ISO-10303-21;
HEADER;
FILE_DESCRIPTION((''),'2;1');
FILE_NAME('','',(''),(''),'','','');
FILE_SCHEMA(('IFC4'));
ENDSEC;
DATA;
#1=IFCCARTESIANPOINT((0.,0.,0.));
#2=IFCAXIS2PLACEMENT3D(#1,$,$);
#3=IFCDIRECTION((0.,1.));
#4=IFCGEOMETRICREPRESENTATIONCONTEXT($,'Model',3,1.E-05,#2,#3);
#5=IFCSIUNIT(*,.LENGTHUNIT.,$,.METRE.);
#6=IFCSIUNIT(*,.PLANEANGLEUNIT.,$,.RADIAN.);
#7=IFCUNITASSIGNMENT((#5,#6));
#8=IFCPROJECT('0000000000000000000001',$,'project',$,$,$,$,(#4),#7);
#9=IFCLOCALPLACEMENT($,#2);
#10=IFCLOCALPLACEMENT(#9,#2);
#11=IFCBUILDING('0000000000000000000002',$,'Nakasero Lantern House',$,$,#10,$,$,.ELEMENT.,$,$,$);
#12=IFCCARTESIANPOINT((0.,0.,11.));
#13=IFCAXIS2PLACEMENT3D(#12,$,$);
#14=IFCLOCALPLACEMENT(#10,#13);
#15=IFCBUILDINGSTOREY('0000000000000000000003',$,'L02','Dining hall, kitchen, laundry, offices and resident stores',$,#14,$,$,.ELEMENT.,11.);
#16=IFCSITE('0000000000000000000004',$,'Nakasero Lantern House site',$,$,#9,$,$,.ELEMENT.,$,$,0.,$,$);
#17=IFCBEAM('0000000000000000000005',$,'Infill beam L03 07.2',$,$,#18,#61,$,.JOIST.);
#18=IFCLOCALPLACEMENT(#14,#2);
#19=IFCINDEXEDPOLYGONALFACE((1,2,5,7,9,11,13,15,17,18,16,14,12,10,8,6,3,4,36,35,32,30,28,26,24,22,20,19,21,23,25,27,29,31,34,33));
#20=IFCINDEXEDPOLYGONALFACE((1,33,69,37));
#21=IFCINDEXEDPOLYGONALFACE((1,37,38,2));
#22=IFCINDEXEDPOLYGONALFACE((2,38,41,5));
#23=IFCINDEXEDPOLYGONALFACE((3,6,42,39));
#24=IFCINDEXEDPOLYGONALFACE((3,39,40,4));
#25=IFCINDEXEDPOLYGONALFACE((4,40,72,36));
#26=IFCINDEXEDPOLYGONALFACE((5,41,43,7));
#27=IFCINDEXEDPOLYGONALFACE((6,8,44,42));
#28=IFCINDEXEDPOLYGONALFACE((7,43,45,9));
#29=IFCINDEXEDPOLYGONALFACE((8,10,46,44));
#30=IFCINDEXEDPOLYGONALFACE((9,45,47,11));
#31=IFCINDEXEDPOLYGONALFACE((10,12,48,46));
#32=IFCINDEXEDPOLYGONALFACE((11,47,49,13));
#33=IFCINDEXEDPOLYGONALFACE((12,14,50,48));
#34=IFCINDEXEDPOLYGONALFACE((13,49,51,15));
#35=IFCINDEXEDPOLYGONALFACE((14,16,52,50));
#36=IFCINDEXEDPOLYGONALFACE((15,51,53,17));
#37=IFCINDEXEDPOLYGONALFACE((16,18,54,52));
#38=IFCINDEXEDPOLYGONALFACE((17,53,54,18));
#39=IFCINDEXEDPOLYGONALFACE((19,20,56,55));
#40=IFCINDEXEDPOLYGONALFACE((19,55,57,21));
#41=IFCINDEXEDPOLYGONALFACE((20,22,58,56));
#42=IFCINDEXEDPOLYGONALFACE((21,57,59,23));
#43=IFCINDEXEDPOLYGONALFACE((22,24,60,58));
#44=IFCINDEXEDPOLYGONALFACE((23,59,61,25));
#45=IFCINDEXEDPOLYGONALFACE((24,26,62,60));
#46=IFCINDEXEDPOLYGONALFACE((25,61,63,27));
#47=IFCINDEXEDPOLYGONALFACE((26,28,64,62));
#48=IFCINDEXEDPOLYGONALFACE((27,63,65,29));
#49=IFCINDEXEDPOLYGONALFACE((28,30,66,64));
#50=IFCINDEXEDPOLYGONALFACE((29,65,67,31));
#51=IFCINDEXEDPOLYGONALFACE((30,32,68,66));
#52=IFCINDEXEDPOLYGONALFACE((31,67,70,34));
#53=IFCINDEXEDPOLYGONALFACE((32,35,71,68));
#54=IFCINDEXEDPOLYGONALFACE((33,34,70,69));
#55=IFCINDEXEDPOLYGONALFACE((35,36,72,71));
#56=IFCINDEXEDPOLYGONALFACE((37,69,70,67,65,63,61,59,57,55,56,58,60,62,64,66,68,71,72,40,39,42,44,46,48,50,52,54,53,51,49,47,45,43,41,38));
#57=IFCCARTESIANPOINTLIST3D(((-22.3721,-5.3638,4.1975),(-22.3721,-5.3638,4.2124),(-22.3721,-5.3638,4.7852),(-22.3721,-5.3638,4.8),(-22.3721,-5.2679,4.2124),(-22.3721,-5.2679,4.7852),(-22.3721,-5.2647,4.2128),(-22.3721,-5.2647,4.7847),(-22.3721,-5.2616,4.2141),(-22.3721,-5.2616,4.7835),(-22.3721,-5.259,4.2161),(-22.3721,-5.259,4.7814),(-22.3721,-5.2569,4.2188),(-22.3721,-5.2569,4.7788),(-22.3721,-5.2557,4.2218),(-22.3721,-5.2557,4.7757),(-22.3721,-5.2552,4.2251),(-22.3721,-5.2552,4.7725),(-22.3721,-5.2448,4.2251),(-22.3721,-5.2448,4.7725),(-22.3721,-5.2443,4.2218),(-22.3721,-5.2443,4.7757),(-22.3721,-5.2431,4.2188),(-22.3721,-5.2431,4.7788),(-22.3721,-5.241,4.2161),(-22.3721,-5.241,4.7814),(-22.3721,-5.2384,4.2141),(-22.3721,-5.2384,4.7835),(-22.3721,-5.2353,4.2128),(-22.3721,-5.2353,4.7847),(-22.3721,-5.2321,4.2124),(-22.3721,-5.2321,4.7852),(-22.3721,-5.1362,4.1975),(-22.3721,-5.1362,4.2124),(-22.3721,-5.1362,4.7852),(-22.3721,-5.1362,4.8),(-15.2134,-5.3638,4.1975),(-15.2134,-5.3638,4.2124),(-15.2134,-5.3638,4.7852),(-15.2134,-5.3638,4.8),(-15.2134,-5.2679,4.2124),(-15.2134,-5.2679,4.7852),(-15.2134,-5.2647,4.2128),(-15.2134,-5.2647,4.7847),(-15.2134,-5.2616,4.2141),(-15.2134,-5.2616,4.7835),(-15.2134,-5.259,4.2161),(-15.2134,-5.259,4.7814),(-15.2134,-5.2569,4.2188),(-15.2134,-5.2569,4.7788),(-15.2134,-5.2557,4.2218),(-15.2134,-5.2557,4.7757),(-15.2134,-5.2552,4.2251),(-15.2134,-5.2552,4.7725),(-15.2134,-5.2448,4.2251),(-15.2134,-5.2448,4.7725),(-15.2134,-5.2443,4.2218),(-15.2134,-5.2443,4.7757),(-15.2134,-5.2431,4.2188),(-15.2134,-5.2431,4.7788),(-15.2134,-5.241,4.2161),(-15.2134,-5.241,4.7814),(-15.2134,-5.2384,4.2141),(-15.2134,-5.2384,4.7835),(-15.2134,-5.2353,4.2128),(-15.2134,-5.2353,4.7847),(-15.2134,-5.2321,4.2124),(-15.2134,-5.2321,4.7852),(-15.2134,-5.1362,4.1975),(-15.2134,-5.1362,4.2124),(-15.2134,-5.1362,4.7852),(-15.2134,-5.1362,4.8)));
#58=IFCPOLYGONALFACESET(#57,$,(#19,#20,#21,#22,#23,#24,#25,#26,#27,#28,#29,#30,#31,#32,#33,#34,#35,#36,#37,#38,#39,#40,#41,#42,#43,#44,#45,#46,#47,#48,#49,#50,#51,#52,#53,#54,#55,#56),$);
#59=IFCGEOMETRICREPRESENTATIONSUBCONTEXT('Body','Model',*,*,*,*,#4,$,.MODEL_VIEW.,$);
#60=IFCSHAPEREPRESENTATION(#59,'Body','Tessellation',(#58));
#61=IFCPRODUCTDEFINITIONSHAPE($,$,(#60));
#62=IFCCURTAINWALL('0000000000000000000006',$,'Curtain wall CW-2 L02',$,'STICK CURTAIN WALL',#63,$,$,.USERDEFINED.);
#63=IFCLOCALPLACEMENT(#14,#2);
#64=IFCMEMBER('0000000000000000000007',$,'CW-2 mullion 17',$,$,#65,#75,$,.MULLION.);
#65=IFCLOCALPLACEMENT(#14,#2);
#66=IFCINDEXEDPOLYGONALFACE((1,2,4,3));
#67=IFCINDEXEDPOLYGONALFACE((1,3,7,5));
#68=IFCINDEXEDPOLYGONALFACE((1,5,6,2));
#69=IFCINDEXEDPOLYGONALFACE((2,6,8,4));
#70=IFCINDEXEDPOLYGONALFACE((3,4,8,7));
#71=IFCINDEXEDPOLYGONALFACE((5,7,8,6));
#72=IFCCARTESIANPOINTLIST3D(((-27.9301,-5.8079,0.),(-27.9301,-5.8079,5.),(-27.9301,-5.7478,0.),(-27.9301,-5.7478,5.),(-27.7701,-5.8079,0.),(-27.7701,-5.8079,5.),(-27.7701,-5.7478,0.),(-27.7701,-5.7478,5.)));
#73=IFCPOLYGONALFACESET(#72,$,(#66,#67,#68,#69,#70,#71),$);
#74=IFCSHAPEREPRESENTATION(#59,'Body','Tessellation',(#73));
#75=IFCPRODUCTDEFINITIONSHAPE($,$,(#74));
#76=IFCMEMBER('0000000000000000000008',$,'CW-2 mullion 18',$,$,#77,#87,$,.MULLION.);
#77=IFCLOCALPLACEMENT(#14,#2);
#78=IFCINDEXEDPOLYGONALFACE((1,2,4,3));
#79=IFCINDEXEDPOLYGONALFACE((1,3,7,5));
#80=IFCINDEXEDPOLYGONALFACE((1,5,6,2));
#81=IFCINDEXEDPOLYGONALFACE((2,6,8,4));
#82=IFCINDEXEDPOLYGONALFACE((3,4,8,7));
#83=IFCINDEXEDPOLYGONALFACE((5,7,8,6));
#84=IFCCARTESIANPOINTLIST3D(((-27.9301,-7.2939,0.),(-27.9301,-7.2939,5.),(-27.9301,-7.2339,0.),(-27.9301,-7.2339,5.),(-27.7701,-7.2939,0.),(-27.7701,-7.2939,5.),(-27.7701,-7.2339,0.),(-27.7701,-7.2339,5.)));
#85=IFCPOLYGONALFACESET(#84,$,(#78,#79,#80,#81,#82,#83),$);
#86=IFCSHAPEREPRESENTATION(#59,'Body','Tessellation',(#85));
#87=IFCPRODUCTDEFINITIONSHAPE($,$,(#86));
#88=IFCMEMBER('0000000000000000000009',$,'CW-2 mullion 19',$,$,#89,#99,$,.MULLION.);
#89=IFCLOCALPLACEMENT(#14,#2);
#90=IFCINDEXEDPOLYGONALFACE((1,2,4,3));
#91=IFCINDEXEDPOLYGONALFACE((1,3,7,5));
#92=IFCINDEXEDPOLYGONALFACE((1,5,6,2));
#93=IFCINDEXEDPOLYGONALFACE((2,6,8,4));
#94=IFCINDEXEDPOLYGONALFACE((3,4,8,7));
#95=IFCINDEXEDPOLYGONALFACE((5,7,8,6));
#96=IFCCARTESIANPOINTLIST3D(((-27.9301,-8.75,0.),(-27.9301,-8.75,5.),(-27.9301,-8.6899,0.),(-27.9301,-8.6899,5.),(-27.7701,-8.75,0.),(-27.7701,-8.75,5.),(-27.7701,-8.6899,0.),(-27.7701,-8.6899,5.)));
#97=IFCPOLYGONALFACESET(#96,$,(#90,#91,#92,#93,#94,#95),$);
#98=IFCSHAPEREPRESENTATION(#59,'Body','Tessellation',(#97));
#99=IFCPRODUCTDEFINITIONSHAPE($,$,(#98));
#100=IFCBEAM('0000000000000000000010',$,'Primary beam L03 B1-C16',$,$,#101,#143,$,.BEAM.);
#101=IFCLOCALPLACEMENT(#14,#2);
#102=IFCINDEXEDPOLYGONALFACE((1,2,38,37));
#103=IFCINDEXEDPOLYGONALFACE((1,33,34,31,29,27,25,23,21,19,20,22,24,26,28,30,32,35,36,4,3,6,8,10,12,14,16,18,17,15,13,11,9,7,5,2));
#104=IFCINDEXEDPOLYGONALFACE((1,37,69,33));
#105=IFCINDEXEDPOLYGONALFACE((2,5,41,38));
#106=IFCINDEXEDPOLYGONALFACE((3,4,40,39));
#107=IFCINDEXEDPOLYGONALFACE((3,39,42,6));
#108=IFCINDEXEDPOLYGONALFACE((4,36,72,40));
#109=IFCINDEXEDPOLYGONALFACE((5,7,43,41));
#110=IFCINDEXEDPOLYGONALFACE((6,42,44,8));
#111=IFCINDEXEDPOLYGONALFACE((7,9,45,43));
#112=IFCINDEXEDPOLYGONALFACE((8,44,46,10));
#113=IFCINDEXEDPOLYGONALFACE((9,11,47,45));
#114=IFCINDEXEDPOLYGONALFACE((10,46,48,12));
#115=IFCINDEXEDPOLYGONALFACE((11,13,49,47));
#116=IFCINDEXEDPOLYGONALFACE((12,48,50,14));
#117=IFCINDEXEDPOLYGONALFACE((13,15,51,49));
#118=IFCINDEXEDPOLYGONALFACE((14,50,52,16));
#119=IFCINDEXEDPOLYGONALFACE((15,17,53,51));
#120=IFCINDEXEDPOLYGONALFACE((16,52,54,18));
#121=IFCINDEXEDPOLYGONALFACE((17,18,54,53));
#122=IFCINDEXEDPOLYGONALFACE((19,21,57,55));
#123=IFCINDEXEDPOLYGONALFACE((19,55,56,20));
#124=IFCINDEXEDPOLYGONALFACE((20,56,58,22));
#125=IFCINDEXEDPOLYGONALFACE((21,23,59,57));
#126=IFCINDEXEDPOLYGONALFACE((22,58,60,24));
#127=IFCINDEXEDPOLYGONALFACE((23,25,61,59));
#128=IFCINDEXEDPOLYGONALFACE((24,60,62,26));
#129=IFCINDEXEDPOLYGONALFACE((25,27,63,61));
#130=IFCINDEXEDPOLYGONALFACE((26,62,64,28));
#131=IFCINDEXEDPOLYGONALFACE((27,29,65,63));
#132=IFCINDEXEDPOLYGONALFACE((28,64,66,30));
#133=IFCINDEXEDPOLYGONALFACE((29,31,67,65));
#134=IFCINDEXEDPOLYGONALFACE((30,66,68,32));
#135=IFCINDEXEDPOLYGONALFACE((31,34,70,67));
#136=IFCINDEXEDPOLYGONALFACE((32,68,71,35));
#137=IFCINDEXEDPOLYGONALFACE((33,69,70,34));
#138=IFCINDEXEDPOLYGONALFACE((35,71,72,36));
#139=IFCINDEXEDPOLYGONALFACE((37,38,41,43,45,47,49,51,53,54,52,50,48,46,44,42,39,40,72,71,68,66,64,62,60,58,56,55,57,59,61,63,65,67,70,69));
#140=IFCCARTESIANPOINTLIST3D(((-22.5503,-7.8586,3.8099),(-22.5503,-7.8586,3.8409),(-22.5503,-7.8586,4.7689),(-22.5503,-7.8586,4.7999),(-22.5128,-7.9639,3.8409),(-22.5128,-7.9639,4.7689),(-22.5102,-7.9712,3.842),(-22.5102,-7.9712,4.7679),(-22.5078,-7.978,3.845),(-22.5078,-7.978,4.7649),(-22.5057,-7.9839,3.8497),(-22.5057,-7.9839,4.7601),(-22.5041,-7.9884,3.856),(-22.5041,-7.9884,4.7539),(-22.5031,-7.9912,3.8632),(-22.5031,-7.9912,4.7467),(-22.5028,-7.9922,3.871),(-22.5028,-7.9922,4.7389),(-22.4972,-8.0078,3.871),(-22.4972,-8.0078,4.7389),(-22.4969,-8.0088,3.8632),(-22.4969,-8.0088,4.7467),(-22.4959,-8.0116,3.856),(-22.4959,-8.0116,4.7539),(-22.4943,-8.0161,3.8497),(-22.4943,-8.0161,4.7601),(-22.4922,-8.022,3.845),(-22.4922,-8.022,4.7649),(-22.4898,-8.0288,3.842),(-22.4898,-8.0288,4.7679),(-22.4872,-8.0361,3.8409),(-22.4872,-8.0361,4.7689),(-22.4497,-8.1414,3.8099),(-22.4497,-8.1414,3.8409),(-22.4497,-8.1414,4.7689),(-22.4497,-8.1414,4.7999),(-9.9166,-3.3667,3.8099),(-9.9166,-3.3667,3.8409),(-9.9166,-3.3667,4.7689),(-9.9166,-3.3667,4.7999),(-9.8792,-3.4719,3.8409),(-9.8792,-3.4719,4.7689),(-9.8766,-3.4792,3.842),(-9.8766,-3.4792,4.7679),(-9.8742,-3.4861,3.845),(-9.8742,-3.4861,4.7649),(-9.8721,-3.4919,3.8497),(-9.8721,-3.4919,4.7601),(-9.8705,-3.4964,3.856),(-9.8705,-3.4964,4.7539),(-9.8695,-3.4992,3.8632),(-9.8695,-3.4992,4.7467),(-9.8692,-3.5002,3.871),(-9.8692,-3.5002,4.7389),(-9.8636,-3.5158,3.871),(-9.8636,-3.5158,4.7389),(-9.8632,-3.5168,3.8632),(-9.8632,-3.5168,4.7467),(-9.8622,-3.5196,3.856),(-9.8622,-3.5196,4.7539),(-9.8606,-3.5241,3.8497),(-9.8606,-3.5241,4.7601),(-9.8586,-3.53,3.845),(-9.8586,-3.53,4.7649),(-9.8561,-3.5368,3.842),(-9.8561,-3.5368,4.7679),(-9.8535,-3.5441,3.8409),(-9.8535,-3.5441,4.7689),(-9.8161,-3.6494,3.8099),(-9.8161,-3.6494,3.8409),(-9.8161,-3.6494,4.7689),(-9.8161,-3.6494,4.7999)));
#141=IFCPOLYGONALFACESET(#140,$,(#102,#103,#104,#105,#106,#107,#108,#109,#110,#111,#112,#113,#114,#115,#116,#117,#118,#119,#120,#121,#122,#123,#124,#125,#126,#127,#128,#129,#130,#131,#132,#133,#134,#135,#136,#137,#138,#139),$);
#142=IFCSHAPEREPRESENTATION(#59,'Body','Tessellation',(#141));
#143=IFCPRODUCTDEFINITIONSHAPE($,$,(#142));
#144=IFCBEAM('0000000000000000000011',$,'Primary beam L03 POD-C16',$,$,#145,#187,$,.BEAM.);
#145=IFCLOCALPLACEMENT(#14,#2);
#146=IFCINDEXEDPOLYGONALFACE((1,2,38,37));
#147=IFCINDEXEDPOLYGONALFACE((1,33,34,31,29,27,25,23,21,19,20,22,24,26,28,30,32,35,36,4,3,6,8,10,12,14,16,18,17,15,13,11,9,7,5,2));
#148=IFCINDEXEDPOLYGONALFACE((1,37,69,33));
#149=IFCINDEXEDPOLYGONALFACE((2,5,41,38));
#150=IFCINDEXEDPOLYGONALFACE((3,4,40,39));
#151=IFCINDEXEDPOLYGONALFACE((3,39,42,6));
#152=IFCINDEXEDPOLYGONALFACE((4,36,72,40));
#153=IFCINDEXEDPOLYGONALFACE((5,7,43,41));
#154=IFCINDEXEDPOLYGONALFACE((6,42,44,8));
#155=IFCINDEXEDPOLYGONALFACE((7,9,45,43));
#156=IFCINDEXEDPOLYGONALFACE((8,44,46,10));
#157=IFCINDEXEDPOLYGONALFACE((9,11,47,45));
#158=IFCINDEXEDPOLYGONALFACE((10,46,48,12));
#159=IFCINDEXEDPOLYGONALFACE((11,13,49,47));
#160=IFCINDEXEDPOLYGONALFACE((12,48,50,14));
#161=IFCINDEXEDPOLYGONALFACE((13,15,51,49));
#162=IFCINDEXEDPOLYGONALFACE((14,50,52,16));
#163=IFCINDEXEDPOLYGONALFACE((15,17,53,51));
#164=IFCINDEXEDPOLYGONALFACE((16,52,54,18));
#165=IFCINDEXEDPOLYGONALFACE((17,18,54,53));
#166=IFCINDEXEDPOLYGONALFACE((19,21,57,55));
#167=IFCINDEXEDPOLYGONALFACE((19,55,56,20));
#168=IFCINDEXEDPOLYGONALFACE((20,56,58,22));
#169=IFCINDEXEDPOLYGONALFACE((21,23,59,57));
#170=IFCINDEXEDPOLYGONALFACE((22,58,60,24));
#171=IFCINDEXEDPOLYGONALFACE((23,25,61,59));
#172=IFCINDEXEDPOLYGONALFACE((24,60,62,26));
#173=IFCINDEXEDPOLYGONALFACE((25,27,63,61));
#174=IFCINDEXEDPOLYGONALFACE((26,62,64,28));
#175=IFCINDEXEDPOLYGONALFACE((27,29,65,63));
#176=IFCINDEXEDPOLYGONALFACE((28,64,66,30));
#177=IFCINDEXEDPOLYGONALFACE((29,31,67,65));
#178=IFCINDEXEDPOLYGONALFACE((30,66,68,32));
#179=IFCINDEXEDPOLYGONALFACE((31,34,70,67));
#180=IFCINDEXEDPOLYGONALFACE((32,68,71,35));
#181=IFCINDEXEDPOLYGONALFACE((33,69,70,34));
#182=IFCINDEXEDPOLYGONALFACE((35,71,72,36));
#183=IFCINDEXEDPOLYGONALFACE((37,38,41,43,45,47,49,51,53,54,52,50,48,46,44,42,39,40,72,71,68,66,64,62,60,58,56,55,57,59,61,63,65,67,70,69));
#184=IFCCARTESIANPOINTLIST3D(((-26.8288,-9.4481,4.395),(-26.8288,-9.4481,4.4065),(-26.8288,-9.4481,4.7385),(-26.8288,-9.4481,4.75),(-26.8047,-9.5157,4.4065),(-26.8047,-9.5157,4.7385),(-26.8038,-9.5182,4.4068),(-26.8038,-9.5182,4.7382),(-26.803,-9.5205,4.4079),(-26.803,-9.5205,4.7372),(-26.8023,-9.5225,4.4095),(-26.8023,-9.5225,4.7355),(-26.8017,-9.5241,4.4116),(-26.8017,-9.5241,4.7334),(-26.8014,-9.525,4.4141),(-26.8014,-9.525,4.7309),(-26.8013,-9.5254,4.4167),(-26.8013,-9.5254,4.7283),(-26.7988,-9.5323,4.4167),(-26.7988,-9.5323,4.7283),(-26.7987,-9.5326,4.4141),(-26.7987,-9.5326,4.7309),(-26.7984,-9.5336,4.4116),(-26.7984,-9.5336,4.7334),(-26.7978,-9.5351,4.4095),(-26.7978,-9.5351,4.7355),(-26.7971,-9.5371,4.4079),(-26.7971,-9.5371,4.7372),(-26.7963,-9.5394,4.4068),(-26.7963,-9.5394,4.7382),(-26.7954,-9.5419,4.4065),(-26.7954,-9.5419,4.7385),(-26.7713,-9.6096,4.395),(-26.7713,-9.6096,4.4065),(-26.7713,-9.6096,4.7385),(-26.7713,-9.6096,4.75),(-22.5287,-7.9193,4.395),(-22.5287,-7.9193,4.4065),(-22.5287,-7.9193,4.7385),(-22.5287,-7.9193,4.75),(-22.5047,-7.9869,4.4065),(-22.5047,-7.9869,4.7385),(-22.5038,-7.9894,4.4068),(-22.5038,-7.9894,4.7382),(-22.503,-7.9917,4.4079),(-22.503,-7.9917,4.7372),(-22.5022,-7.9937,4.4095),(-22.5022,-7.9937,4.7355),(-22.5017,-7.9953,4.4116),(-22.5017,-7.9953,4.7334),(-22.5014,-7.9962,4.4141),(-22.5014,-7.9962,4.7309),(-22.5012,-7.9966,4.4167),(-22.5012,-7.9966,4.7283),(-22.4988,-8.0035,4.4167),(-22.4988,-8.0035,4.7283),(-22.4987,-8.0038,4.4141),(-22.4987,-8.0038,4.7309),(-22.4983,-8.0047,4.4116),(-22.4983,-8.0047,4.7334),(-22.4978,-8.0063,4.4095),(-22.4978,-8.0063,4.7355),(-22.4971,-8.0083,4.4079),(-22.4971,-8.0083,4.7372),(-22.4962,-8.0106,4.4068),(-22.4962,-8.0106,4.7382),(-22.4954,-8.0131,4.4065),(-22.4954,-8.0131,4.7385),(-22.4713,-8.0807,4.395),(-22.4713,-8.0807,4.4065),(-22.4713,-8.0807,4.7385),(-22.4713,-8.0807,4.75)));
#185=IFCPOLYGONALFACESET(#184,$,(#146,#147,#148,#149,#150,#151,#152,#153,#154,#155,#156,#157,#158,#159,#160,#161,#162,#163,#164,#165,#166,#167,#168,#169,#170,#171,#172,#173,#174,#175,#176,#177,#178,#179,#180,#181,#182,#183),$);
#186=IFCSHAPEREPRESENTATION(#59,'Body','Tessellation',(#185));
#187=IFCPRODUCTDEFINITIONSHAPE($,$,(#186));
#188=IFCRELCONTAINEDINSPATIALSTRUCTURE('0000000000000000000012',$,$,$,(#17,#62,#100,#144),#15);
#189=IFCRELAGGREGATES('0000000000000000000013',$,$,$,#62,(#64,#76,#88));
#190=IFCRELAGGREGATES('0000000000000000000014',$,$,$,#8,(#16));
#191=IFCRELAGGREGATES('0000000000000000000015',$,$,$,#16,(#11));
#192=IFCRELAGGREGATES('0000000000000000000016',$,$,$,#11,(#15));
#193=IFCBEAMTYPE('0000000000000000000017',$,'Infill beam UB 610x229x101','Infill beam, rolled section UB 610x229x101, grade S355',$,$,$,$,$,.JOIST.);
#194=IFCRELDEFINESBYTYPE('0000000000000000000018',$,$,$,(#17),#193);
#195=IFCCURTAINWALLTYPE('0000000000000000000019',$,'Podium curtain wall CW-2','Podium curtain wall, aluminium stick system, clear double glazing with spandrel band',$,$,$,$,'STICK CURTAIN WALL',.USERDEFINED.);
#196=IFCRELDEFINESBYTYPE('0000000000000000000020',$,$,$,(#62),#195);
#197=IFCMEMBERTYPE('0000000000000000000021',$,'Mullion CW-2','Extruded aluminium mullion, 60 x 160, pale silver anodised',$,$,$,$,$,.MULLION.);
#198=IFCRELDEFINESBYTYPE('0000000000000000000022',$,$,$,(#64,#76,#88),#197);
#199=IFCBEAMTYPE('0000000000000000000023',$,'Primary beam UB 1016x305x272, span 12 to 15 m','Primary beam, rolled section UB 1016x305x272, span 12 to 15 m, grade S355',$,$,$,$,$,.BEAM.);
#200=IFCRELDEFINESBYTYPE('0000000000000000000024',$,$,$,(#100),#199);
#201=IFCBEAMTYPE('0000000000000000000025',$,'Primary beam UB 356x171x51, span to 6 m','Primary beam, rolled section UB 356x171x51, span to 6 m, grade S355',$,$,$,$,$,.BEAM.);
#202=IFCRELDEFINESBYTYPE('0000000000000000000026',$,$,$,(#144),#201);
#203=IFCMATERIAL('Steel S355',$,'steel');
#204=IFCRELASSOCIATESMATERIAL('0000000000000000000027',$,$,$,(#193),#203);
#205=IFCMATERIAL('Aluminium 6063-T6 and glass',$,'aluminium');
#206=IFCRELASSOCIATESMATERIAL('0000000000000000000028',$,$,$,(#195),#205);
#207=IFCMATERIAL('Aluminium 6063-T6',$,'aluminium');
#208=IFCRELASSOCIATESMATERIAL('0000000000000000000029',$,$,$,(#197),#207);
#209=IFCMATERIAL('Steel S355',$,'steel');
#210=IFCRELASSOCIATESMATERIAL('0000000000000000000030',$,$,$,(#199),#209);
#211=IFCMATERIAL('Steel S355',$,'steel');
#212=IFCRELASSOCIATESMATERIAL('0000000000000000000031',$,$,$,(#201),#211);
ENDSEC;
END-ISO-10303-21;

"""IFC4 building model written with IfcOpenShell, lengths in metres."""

from ifc_helpers import new_model, si_unit, direction, frame, origin, origin_2d, place, context, subcontext, project, spatial, rectangle, i_section, extrude, material, material_profile, profile_set, type_object, element, aggregate, save


model = new_model("IFC4")

# Units and contexts
model_context = context("Model", 3, precision=1e-05, world=origin(), true_north=direction((0.0, 1.0)))
body_context = subcontext(model_context, "Body", "Model", "MODEL_VIEW")
ifc_project = project(units=[si_unit("LENGTHUNIT", "METRE"), si_unit("PLANEANGLEUNIT", "RADIAN")], contexts=[model_context])

# Site, building, storey
site_placement = place(None, origin())
site = spatial("IfcSite", under=ifc_project, at=site_placement, Name="Nakasero Lantern House site", CompositionType="ELEMENT", RefElevation=0.0)
building_placement = place(site_placement, origin())
building = spatial("IfcBuilding", under=site, at=building_placement, Name="Nakasero Lantern House", CompositionType="ELEMENT")
storey_placement = place(building_placement, frame((0.0, 0.0, 11.0)))
storey = spatial("IfcBuildingStorey", under=building, at=storey_placement, Name="L02", Description="Dining hall, kitchen, laundry, offices and resident stores", CompositionType="ELEMENT", Elevation=11.0)

# Beam
ifc_material_1 = material(Name="Steel S355", Category="steel")
ifc_material_profile_1 = material_profile(ifc_material_1, i_section(OverallWidth=0.2275, OverallDepth=0.6025, WebThickness=0.0105, FlangeThickness=0.0149, FilletRadius=0.0127, at=origin_2d()), Name="UB 610x229x101")
ifc_profile_set_1 = profile_set([ifc_material_profile_1], Name="Steel S355")
beam_type_1 = type_object("IfcBeamType", Name="Infill beam UB 610x229x101", Description="Infill beam, rolled section UB 610x229x101, grade S355", PredefinedType="JOIST", material=ifc_profile_set_1)
beam_1_placement = place(storey_placement, frame((-22.3721, -5.25, 4.4988), z_axis=(1.0, 0.0, 0.0), x_axis=(0.0, 1.0, 0.0)))
element("IfcBeam", 1, at=beam_1_placement, inside=storey, type_object=beam_type_1, Name="Infill beam L03 07.2", PredefinedType="JOIST", context=body_context, shape_type="SweptSolid", body=[
    extrude(i_section(OverallWidth=0.2275, OverallDepth=0.6025, WebThickness=0.0105, FlangeThickness=0.0149, FilletRadius=0.0127, at=origin_2d()), origin(), (0.0, 0.0, 1.0), 7.1587),
])

# Curtain wall, members
ifc_material_2 = material(Name="Aluminium 6063-T6 and glass", Category="aluminium")
curtain_wall_type = type_object("IfcCurtainWallType", Name="Podium curtain wall CW-2", Description="Podium curtain wall, aluminium stick system, clear double glazing with spandrel band", ElementType="STICK CURTAIN WALL", PredefinedType="USERDEFINED", material=ifc_material_2)
curtain_wall_placement = place(storey_placement, origin())
curtain_wall = element("IfcCurtainWall", 2, at=curtain_wall_placement, inside=storey, type_object=curtain_wall_type, Name="Curtain wall CW-2 L02", ObjectType="STICK CURTAIN WALL", PredefinedType="USERDEFINED")
ifc_material_3 = material(Name="Aluminium 6063-T6", Category="aluminium")
ifc_material_profile_2 = material_profile(ifc_material_3, rectangle(XDim=0.0601, YDim=0.1599, at=origin_2d()), Name="CW-2 mullion 60x160")
ifc_profile_set_2 = profile_set([ifc_material_profile_2], Name="Aluminium 6063-T6")
member_type_1 = type_object("IfcMemberType", Name="Mullion CW-2", Description="Extruded aluminium mullion, 60 x 160, pale silver anodised", PredefinedType="MULLION", material=ifc_profile_set_2)
member_1_placement = place(storey_placement, frame((-27.8501, -5.7778, 0.0), z_axis=(0.0, 0.0, 1.0), x_axis=(0.0, -1.0, 0.0)))
member_1 = element("IfcMember", 3, at=member_1_placement, type_object=member_type_1, Name="CW-2 mullion 17", PredefinedType="MULLION", context=body_context, shape_type="SweptSolid", body=[
    extrude(rectangle(XDim=0.0601, YDim=0.1599, at=origin_2d()), origin(), (0.0, 0.0, 1.0), 5.0),
])
member_2_placement = place(storey_placement, frame((-27.8501, -7.2639, 0.0), z_axis=(0.0, 0.0, 1.0), x_axis=(0.0, -1.0, 0.0)))
member_2 = element("IfcMember", 4, at=member_2_placement, type_object=member_type_1, Name="CW-2 mullion 18", PredefinedType="MULLION", context=body_context, shape_type="SweptSolid", body=[
    extrude(rectangle(XDim=0.0601, YDim=0.1599, at=origin_2d()), origin(), (0.0, 0.0, 1.0), 5.0),
])
member_3_placement = place(storey_placement, frame((-27.8501, -8.72, 0.0), z_axis=(0.0, 0.0, 1.0), x_axis=(0.0, -1.0, 0.0)))
member_3 = element("IfcMember", 5, at=member_3_placement, type_object=member_type_1, Name="CW-2 mullion 19", PredefinedType="MULLION", context=body_context, shape_type="SweptSolid", body=[
    extrude(rectangle(XDim=0.0601, YDim=0.1599, at=origin_2d()), origin(), (0.0, 0.0, 1.0), 5.0),
])

# Beams
ifc_material_4 = material(Name="Steel S355", Category="steel")
ifc_material_profile_3 = material_profile(ifc_material_4, i_section(OverallWidth=0.3, OverallDepth=0.99, WebThickness=0.0166, FlangeThickness=0.031, FilletRadius=0.03, at=origin_2d()), Name="UB 1016x305x272")
ifc_profile_set_3 = profile_set([ifc_material_profile_3], Name="Steel S355")
beam_type_2 = type_object("IfcBeamType", Name="Primary beam UB 1016x305x272, span 12 to 15 m", Description="Primary beam, rolled section UB 1016x305x272, span 12 to 15 m, grade S355", PredefinedType="BEAM", material=ifc_profile_set_3)
beam_2_placement = place(storey_placement, frame((-22.5, -8.0, 4.3049), z_axis=(0.942214, 0.335011, 0.0), x_axis=(-0.335011, 0.942214, 0.0)))
element("IfcBeam", 6, at=beam_2_placement, inside=storey, type_object=beam_type_2, Name="Primary beam L03 B1-C16", PredefinedType="BEAM", context=body_context, shape_type="SweptSolid", body=[
    extrude(i_section(OverallWidth=0.3, OverallDepth=0.99, WebThickness=0.0166, FlangeThickness=0.031, FilletRadius=0.03, at=origin_2d()), origin(), (0.0, 0.0, 1.0), 13.4084),
])
ifc_material_5 = material(Name="Steel S355", Category="steel")
ifc_material_profile_4 = material_profile(ifc_material_5, i_section(OverallWidth=0.1714, OverallDepth=0.355, WebThickness=0.0073, FlangeThickness=0.0115, FilletRadius=0.0103, at=origin_2d()), Name="UB 356x171x51")
ifc_profile_set_4 = profile_set([ifc_material_profile_4], Name="Steel S355")
beam_type_3 = type_object("IfcBeamType", Name="Primary beam UB 356x171x51, span to 6 m", Description="Primary beam, rolled section UB 356x171x51, span to 6 m, grade S355", PredefinedType="BEAM", material=ifc_profile_set_4)
beam_3_placement = place(storey_placement, frame((-26.8, -9.5288, 4.5725), z_axis=(0.942221, 0.334991, 0.0), x_axis=(-0.334991, 0.942221, 0.0)))
element("IfcBeam", 7, at=beam_3_placement, inside=storey, type_object=beam_type_3, Name="Primary beam L03 POD-C16", PredefinedType="BEAM", context=body_context, shape_type="SweptSolid", body=[
    extrude(i_section(OverallWidth=0.1714, OverallDepth=0.355, WebThickness=0.0073, FlangeThickness=0.0115, FilletRadius=0.0103, at=origin_2d()), origin(), (0.0, 0.0, 1.0), 4.5637),
])

aggregate(curtain_wall, [member_1, member_2, member_3])

save(model, "model.ifc")
